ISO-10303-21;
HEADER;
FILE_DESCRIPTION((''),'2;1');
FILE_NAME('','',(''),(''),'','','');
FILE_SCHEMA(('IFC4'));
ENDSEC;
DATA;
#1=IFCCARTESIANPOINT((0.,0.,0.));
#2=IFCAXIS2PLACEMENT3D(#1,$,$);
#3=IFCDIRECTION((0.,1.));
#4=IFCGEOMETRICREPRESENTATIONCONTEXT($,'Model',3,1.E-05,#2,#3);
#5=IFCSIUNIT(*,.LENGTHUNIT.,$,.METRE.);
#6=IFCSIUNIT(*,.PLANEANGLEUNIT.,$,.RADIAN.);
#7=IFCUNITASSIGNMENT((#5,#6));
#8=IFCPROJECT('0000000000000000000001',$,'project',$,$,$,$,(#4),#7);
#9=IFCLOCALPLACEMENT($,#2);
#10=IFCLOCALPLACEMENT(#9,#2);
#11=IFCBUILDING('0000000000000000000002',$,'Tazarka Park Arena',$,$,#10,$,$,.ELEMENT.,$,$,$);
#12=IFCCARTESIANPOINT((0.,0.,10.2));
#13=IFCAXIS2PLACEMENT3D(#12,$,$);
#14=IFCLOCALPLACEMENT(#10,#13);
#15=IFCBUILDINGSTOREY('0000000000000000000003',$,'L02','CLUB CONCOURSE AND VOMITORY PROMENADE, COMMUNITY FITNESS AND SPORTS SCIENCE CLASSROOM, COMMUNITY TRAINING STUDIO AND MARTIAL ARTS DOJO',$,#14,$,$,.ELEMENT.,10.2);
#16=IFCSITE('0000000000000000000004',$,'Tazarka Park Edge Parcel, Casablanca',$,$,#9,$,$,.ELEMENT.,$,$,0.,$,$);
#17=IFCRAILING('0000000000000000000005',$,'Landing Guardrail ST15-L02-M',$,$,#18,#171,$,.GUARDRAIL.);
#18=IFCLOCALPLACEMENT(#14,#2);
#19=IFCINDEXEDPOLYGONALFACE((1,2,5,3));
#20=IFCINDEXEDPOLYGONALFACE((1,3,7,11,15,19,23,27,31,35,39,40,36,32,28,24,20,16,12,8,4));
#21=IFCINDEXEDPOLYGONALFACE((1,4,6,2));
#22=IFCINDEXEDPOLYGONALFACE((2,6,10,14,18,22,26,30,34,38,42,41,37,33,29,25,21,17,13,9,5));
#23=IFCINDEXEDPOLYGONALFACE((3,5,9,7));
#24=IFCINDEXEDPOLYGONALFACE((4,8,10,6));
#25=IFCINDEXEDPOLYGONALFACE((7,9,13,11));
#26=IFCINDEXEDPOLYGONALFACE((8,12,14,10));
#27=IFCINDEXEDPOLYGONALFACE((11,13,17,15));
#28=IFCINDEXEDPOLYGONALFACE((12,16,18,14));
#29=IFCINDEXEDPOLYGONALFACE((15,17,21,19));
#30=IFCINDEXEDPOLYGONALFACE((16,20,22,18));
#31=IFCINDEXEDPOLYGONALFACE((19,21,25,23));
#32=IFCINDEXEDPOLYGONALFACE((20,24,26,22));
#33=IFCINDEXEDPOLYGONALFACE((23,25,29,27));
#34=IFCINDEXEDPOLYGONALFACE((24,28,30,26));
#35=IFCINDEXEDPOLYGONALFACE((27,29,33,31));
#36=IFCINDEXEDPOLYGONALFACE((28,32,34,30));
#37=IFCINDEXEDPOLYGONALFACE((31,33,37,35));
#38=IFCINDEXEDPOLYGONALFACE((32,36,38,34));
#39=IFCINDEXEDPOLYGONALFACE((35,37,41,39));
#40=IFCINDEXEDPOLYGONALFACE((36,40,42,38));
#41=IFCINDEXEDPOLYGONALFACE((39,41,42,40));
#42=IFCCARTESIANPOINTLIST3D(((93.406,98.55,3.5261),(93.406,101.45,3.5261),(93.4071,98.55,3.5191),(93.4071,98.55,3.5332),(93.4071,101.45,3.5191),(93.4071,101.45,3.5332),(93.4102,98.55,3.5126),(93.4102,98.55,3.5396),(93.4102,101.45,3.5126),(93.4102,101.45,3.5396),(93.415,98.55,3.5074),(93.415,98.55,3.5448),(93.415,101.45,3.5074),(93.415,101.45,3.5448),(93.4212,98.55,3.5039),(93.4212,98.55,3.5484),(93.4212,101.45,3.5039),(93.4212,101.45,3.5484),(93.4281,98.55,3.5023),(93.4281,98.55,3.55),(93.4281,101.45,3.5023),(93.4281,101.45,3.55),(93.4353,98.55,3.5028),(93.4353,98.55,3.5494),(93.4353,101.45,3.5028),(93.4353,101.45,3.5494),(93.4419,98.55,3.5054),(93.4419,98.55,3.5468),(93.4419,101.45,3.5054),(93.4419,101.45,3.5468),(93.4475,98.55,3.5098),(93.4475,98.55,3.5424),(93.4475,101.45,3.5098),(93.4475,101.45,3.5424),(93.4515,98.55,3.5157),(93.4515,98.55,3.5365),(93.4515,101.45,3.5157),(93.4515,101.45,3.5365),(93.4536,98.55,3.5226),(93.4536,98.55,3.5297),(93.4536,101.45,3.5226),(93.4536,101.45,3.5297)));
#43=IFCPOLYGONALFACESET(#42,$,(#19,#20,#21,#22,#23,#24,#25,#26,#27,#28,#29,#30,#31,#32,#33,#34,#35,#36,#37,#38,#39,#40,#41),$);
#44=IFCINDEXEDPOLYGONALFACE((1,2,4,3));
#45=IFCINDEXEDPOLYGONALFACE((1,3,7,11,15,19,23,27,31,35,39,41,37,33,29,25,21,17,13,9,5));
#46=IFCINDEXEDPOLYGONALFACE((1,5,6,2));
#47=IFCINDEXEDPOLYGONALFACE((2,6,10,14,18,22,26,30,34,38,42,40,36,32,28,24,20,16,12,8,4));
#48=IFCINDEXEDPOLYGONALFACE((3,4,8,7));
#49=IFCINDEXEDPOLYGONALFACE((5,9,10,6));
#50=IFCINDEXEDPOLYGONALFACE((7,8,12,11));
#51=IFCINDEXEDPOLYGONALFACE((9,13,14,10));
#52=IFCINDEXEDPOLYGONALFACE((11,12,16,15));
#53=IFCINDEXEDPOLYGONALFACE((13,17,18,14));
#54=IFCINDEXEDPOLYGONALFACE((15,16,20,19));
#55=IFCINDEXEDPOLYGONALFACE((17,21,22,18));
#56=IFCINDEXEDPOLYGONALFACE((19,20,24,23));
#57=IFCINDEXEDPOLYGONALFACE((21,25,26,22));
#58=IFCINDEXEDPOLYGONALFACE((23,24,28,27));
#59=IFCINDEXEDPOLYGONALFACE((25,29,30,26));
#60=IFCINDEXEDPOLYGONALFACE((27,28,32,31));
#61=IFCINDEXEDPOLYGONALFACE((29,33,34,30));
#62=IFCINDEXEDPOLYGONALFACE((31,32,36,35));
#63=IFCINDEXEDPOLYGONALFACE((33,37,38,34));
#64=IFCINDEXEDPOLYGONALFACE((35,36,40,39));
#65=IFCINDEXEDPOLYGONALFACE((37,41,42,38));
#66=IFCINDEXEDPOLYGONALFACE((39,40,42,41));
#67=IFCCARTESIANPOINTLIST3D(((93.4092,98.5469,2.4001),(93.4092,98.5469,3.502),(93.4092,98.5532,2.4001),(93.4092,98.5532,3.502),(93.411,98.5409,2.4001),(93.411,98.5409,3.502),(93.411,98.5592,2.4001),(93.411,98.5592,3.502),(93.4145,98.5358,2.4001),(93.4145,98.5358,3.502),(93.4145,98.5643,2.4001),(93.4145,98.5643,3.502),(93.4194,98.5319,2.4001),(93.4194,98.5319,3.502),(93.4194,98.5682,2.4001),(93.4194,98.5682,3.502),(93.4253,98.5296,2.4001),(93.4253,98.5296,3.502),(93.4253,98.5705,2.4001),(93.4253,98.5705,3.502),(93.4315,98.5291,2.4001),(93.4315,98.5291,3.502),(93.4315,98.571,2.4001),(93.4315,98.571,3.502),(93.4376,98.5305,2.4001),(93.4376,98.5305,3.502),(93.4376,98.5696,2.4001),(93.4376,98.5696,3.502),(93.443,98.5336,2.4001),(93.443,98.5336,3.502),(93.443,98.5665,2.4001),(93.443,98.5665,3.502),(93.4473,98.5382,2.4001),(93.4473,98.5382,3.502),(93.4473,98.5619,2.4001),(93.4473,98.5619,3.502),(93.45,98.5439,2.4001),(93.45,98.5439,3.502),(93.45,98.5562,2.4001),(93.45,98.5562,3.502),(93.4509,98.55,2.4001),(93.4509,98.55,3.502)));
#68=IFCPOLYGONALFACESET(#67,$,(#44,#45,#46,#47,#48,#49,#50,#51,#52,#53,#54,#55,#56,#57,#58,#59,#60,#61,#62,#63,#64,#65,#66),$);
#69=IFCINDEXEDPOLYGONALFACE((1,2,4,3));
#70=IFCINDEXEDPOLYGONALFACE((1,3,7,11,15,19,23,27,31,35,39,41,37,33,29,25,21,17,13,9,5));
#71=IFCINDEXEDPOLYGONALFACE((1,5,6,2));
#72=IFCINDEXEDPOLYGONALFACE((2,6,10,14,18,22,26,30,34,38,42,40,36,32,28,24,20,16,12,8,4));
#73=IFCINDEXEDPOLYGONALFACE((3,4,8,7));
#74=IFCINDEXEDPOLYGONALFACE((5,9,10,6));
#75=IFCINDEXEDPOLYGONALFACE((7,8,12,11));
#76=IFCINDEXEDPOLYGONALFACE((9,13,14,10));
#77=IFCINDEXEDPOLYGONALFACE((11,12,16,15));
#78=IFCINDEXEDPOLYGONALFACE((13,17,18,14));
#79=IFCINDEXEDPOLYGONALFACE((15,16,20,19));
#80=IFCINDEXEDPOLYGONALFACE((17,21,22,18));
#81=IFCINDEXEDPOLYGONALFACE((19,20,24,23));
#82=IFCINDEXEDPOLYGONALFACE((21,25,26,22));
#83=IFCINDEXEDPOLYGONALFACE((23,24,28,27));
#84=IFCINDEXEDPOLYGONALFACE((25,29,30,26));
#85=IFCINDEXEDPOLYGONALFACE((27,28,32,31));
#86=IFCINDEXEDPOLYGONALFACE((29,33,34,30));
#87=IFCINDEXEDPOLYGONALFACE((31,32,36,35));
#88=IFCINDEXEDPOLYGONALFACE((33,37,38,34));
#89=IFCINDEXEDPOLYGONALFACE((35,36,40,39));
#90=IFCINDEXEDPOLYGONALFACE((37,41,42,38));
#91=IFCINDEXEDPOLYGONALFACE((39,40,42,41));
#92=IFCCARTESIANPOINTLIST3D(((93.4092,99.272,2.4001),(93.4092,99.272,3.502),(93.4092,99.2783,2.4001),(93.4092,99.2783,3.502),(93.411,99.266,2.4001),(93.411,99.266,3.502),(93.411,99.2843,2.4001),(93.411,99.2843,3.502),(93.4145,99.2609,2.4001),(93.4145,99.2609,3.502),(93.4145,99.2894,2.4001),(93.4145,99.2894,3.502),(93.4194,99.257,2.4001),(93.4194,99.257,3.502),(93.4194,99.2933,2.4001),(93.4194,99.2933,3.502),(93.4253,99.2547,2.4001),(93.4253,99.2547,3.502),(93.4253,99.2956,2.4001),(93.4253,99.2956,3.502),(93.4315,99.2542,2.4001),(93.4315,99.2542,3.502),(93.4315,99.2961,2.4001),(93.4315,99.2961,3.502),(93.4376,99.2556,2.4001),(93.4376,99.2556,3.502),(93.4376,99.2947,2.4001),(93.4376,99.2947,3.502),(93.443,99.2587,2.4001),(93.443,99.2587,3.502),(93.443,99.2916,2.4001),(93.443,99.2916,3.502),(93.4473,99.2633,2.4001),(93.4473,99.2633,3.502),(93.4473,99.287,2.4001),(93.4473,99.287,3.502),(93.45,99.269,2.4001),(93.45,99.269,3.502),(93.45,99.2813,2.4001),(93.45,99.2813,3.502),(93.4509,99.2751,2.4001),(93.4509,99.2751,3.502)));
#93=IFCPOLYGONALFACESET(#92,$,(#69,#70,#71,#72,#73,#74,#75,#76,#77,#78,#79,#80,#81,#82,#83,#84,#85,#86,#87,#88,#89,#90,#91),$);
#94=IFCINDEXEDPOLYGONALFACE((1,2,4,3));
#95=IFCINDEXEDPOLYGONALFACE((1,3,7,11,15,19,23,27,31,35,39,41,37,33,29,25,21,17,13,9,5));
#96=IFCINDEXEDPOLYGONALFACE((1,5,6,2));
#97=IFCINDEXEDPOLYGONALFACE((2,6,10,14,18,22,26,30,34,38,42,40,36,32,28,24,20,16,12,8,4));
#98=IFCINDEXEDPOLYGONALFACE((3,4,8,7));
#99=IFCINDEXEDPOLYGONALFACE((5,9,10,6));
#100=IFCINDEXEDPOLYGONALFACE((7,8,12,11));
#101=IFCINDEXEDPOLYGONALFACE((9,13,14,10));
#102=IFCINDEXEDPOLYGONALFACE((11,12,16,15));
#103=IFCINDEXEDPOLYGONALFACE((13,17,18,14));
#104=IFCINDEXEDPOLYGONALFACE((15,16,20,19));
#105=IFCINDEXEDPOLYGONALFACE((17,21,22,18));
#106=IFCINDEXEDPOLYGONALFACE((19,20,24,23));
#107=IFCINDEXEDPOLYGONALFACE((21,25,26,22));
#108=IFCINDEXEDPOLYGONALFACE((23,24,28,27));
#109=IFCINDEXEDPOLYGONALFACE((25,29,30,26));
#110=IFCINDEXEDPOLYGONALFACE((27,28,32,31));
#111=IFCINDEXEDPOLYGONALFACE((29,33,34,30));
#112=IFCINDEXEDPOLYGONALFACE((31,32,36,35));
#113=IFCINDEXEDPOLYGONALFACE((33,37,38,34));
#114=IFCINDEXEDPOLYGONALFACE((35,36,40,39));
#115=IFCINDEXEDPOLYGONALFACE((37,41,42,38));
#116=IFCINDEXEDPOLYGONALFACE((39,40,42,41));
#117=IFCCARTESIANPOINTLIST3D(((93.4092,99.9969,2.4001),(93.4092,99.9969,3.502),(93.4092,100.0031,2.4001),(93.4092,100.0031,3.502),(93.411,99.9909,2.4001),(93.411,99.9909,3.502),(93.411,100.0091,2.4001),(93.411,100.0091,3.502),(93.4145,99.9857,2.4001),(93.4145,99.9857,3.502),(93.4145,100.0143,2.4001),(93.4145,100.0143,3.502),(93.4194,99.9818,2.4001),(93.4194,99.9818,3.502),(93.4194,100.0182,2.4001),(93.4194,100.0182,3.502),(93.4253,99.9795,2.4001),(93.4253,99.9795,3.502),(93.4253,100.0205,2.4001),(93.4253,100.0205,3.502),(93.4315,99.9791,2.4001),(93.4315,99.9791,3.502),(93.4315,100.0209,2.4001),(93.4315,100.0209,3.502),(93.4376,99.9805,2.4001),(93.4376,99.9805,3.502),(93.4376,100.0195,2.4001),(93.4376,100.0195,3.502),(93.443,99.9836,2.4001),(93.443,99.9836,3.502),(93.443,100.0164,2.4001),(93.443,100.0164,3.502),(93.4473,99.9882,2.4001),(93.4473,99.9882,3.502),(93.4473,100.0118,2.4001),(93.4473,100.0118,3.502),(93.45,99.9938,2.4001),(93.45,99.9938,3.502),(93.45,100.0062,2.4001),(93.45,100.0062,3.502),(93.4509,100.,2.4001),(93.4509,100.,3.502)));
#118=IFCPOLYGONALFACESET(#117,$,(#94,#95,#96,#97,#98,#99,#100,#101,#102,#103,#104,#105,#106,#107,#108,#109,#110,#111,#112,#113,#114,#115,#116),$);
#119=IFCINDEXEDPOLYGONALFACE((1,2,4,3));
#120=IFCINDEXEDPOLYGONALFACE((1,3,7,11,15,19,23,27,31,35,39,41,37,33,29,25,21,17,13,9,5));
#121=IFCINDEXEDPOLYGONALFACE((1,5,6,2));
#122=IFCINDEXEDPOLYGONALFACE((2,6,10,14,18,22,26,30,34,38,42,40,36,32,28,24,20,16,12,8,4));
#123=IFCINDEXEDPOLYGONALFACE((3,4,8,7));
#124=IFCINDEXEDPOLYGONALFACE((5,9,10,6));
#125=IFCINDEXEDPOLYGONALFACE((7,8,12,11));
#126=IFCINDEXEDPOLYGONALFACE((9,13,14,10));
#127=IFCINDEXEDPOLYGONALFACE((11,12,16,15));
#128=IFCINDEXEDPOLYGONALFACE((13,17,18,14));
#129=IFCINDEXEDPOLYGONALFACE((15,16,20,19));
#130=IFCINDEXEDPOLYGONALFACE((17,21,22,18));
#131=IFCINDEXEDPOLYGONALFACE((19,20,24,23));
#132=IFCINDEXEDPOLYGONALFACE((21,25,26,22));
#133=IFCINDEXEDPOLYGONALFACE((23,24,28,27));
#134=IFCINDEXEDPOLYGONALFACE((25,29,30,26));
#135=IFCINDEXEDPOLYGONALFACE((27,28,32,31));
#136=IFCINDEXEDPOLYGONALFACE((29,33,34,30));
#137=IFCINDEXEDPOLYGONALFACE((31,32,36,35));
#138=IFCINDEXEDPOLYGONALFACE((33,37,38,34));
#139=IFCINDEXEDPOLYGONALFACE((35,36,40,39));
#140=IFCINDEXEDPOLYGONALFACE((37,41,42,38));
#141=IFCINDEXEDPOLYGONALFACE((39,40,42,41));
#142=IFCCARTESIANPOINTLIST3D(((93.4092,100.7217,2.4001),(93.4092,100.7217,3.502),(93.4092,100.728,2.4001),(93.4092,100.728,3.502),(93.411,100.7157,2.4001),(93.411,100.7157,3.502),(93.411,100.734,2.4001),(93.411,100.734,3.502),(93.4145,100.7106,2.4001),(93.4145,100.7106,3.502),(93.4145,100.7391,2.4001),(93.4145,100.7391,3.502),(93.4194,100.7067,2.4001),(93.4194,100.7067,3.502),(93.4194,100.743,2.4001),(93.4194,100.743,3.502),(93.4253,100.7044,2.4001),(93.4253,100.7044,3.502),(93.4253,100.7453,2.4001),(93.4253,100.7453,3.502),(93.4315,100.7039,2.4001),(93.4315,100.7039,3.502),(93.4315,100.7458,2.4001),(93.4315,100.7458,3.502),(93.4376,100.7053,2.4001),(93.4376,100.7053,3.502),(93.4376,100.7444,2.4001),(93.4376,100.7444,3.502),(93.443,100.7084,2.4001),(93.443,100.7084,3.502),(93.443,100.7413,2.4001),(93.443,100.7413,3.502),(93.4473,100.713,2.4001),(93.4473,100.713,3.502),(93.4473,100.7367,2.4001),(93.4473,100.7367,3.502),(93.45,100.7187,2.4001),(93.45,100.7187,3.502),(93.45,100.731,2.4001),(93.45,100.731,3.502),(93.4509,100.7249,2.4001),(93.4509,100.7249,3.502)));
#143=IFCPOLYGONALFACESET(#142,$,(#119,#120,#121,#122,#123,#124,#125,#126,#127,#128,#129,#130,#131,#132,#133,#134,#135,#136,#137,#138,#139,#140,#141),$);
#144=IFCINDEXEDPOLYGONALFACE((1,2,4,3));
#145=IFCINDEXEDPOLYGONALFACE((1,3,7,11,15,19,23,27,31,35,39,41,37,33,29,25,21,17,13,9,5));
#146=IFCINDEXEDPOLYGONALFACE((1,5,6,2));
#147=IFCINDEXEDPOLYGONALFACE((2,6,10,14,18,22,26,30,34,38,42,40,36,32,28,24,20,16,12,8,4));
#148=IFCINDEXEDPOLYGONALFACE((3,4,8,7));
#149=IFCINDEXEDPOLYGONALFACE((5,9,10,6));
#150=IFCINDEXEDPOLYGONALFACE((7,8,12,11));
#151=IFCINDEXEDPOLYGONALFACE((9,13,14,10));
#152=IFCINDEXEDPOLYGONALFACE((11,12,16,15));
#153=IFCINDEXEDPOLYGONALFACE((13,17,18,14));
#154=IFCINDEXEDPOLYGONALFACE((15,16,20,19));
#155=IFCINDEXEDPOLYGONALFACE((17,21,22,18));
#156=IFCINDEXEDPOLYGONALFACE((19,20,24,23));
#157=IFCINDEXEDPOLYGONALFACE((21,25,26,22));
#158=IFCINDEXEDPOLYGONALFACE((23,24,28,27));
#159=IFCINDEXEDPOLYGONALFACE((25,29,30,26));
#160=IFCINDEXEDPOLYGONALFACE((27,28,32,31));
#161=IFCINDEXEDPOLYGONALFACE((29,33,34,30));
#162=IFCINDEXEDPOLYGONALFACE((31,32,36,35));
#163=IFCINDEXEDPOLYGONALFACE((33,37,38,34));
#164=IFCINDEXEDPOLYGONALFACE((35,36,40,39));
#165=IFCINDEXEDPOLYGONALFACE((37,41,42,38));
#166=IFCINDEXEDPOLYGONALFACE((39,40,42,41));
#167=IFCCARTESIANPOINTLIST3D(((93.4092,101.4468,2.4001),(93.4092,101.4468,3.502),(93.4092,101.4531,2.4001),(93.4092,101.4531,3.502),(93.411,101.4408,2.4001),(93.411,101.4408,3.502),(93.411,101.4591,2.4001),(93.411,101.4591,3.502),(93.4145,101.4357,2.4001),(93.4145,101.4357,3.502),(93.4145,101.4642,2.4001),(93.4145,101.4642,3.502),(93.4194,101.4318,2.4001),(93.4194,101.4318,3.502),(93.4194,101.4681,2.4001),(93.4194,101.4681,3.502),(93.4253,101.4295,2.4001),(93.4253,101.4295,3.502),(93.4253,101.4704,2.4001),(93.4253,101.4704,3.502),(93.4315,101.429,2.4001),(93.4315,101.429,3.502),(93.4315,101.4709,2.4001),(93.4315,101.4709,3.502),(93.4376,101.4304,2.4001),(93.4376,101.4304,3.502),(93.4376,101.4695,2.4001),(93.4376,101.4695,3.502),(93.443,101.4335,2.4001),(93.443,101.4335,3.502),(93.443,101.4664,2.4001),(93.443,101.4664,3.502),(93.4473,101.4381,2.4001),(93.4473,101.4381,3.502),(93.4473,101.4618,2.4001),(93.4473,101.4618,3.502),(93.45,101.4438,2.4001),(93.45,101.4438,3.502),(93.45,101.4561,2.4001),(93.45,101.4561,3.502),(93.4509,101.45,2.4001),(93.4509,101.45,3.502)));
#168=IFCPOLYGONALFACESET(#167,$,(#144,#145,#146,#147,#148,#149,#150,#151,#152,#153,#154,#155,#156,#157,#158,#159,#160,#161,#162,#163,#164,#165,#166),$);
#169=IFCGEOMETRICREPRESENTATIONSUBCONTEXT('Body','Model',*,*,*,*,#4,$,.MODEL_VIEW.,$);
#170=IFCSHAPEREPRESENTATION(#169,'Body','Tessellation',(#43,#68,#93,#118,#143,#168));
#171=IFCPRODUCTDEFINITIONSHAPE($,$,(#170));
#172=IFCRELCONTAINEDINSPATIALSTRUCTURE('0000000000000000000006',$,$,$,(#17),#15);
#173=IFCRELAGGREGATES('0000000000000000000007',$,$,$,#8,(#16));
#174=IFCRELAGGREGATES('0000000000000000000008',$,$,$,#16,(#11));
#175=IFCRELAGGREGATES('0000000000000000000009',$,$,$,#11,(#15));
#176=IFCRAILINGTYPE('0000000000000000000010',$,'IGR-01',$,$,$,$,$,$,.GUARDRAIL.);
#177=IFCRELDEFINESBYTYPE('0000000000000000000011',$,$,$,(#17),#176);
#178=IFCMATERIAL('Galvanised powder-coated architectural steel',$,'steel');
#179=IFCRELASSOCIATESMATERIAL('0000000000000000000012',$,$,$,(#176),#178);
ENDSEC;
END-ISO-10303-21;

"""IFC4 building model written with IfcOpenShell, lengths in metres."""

from ifc_helpers import new_model, si_unit, direction, frame, origin, origin_2d, place, context, subcontext, project, spatial, circle, extrude, material, type_object, element, save


model = new_model("IFC4")

# Units and contexts
model_context = context("Model", 3, precision=1e-05, world=origin(), true_north=direction((0.0, 1.0)))
body_context = subcontext(model_context, "Body", "Model", "MODEL_VIEW")
ifc_project = project(units=[si_unit("LENGTHUNIT", "METRE"), si_unit("PLANEANGLEUNIT", "RADIAN")], contexts=[model_context])

# Site, building, storey
site_placement = place(None, origin())
site = spatial("IfcSite", under=ifc_project, at=site_placement, Name="Tazarka Park Edge Parcel, Casablanca", CompositionType="ELEMENT", RefElevation=0.0)
building_placement = place(site_placement, origin())
building = spatial("IfcBuilding", under=site, at=building_placement, Name="Tazarka Park Arena", CompositionType="ELEMENT")
storey_placement = place(building_placement, frame((0.0, 0.0, 10.2)))
storey = spatial("IfcBuildingStorey", under=building, at=storey_placement, Name="L02", Description="CLUB CONCOURSE AND VOMITORY PROMENADE, COMMUNITY FITNESS AND SPORTS SCIENCE CLASSROOM, COMMUNITY TRAINING STUDIO AND MARTIAL ARTS DOJO", CompositionType="ELEMENT", Elevation=10.2)

# Railing
ifc_material_1 = material(Name="Galvanised powder-coated architectural steel", Category="steel")
railing_type_1 = type_object("IfcRailingType", Name="IGR-01", PredefinedType="GUARDRAIL", material=ifc_material_1)
for number, where, name in (
    (1, (93.4299, 98.55, 2.4001), "Landing Guardrail ST15-L02-M"),
):
    element("IfcRailing", number, at=place(storey_placement, frame(where)), inside=storey, type_object=railing_type_1, Name=name, PredefinedType="GUARDRAIL", context=body_context, shape_type="SweptSolid", body=[
        extrude(circle(Radius=0.0239, at=origin_2d()), frame((0.0, 0.0, 1.126), z_axis=(0.0, 1.0, 0.0), x_axis=(-1.0, 0.0, 0.0)), (0.0, 0.0, 1.0), 2.8999),
        extrude(circle(Radius=0.021, at=origin_2d()), origin(), (0.0, 0.0, 1.0), 1.1018),
        extrude(circle(Radius=0.021, at=origin_2d()), frame((0.0, 0.7251, 0.0)), (0.0, 0.0, 1.0), 1.1018),
        extrude(circle(Radius=0.021, at=origin_2d()), frame((0.0, 1.45, 0.0)), (0.0, 0.0, 1.0), 1.1018),
        extrude(circle(Radius=0.021, at=origin_2d()), frame((0.0, 2.1748, 0.0)), (0.0, 0.0, 1.0), 1.1018),
        extrude(circle(Radius=0.021, at=origin_2d()), frame((0.0, 2.8999, 0.0)), (0.0, 0.0, 1.0), 1.1018),
    ])

save(model, "model.ifc")
